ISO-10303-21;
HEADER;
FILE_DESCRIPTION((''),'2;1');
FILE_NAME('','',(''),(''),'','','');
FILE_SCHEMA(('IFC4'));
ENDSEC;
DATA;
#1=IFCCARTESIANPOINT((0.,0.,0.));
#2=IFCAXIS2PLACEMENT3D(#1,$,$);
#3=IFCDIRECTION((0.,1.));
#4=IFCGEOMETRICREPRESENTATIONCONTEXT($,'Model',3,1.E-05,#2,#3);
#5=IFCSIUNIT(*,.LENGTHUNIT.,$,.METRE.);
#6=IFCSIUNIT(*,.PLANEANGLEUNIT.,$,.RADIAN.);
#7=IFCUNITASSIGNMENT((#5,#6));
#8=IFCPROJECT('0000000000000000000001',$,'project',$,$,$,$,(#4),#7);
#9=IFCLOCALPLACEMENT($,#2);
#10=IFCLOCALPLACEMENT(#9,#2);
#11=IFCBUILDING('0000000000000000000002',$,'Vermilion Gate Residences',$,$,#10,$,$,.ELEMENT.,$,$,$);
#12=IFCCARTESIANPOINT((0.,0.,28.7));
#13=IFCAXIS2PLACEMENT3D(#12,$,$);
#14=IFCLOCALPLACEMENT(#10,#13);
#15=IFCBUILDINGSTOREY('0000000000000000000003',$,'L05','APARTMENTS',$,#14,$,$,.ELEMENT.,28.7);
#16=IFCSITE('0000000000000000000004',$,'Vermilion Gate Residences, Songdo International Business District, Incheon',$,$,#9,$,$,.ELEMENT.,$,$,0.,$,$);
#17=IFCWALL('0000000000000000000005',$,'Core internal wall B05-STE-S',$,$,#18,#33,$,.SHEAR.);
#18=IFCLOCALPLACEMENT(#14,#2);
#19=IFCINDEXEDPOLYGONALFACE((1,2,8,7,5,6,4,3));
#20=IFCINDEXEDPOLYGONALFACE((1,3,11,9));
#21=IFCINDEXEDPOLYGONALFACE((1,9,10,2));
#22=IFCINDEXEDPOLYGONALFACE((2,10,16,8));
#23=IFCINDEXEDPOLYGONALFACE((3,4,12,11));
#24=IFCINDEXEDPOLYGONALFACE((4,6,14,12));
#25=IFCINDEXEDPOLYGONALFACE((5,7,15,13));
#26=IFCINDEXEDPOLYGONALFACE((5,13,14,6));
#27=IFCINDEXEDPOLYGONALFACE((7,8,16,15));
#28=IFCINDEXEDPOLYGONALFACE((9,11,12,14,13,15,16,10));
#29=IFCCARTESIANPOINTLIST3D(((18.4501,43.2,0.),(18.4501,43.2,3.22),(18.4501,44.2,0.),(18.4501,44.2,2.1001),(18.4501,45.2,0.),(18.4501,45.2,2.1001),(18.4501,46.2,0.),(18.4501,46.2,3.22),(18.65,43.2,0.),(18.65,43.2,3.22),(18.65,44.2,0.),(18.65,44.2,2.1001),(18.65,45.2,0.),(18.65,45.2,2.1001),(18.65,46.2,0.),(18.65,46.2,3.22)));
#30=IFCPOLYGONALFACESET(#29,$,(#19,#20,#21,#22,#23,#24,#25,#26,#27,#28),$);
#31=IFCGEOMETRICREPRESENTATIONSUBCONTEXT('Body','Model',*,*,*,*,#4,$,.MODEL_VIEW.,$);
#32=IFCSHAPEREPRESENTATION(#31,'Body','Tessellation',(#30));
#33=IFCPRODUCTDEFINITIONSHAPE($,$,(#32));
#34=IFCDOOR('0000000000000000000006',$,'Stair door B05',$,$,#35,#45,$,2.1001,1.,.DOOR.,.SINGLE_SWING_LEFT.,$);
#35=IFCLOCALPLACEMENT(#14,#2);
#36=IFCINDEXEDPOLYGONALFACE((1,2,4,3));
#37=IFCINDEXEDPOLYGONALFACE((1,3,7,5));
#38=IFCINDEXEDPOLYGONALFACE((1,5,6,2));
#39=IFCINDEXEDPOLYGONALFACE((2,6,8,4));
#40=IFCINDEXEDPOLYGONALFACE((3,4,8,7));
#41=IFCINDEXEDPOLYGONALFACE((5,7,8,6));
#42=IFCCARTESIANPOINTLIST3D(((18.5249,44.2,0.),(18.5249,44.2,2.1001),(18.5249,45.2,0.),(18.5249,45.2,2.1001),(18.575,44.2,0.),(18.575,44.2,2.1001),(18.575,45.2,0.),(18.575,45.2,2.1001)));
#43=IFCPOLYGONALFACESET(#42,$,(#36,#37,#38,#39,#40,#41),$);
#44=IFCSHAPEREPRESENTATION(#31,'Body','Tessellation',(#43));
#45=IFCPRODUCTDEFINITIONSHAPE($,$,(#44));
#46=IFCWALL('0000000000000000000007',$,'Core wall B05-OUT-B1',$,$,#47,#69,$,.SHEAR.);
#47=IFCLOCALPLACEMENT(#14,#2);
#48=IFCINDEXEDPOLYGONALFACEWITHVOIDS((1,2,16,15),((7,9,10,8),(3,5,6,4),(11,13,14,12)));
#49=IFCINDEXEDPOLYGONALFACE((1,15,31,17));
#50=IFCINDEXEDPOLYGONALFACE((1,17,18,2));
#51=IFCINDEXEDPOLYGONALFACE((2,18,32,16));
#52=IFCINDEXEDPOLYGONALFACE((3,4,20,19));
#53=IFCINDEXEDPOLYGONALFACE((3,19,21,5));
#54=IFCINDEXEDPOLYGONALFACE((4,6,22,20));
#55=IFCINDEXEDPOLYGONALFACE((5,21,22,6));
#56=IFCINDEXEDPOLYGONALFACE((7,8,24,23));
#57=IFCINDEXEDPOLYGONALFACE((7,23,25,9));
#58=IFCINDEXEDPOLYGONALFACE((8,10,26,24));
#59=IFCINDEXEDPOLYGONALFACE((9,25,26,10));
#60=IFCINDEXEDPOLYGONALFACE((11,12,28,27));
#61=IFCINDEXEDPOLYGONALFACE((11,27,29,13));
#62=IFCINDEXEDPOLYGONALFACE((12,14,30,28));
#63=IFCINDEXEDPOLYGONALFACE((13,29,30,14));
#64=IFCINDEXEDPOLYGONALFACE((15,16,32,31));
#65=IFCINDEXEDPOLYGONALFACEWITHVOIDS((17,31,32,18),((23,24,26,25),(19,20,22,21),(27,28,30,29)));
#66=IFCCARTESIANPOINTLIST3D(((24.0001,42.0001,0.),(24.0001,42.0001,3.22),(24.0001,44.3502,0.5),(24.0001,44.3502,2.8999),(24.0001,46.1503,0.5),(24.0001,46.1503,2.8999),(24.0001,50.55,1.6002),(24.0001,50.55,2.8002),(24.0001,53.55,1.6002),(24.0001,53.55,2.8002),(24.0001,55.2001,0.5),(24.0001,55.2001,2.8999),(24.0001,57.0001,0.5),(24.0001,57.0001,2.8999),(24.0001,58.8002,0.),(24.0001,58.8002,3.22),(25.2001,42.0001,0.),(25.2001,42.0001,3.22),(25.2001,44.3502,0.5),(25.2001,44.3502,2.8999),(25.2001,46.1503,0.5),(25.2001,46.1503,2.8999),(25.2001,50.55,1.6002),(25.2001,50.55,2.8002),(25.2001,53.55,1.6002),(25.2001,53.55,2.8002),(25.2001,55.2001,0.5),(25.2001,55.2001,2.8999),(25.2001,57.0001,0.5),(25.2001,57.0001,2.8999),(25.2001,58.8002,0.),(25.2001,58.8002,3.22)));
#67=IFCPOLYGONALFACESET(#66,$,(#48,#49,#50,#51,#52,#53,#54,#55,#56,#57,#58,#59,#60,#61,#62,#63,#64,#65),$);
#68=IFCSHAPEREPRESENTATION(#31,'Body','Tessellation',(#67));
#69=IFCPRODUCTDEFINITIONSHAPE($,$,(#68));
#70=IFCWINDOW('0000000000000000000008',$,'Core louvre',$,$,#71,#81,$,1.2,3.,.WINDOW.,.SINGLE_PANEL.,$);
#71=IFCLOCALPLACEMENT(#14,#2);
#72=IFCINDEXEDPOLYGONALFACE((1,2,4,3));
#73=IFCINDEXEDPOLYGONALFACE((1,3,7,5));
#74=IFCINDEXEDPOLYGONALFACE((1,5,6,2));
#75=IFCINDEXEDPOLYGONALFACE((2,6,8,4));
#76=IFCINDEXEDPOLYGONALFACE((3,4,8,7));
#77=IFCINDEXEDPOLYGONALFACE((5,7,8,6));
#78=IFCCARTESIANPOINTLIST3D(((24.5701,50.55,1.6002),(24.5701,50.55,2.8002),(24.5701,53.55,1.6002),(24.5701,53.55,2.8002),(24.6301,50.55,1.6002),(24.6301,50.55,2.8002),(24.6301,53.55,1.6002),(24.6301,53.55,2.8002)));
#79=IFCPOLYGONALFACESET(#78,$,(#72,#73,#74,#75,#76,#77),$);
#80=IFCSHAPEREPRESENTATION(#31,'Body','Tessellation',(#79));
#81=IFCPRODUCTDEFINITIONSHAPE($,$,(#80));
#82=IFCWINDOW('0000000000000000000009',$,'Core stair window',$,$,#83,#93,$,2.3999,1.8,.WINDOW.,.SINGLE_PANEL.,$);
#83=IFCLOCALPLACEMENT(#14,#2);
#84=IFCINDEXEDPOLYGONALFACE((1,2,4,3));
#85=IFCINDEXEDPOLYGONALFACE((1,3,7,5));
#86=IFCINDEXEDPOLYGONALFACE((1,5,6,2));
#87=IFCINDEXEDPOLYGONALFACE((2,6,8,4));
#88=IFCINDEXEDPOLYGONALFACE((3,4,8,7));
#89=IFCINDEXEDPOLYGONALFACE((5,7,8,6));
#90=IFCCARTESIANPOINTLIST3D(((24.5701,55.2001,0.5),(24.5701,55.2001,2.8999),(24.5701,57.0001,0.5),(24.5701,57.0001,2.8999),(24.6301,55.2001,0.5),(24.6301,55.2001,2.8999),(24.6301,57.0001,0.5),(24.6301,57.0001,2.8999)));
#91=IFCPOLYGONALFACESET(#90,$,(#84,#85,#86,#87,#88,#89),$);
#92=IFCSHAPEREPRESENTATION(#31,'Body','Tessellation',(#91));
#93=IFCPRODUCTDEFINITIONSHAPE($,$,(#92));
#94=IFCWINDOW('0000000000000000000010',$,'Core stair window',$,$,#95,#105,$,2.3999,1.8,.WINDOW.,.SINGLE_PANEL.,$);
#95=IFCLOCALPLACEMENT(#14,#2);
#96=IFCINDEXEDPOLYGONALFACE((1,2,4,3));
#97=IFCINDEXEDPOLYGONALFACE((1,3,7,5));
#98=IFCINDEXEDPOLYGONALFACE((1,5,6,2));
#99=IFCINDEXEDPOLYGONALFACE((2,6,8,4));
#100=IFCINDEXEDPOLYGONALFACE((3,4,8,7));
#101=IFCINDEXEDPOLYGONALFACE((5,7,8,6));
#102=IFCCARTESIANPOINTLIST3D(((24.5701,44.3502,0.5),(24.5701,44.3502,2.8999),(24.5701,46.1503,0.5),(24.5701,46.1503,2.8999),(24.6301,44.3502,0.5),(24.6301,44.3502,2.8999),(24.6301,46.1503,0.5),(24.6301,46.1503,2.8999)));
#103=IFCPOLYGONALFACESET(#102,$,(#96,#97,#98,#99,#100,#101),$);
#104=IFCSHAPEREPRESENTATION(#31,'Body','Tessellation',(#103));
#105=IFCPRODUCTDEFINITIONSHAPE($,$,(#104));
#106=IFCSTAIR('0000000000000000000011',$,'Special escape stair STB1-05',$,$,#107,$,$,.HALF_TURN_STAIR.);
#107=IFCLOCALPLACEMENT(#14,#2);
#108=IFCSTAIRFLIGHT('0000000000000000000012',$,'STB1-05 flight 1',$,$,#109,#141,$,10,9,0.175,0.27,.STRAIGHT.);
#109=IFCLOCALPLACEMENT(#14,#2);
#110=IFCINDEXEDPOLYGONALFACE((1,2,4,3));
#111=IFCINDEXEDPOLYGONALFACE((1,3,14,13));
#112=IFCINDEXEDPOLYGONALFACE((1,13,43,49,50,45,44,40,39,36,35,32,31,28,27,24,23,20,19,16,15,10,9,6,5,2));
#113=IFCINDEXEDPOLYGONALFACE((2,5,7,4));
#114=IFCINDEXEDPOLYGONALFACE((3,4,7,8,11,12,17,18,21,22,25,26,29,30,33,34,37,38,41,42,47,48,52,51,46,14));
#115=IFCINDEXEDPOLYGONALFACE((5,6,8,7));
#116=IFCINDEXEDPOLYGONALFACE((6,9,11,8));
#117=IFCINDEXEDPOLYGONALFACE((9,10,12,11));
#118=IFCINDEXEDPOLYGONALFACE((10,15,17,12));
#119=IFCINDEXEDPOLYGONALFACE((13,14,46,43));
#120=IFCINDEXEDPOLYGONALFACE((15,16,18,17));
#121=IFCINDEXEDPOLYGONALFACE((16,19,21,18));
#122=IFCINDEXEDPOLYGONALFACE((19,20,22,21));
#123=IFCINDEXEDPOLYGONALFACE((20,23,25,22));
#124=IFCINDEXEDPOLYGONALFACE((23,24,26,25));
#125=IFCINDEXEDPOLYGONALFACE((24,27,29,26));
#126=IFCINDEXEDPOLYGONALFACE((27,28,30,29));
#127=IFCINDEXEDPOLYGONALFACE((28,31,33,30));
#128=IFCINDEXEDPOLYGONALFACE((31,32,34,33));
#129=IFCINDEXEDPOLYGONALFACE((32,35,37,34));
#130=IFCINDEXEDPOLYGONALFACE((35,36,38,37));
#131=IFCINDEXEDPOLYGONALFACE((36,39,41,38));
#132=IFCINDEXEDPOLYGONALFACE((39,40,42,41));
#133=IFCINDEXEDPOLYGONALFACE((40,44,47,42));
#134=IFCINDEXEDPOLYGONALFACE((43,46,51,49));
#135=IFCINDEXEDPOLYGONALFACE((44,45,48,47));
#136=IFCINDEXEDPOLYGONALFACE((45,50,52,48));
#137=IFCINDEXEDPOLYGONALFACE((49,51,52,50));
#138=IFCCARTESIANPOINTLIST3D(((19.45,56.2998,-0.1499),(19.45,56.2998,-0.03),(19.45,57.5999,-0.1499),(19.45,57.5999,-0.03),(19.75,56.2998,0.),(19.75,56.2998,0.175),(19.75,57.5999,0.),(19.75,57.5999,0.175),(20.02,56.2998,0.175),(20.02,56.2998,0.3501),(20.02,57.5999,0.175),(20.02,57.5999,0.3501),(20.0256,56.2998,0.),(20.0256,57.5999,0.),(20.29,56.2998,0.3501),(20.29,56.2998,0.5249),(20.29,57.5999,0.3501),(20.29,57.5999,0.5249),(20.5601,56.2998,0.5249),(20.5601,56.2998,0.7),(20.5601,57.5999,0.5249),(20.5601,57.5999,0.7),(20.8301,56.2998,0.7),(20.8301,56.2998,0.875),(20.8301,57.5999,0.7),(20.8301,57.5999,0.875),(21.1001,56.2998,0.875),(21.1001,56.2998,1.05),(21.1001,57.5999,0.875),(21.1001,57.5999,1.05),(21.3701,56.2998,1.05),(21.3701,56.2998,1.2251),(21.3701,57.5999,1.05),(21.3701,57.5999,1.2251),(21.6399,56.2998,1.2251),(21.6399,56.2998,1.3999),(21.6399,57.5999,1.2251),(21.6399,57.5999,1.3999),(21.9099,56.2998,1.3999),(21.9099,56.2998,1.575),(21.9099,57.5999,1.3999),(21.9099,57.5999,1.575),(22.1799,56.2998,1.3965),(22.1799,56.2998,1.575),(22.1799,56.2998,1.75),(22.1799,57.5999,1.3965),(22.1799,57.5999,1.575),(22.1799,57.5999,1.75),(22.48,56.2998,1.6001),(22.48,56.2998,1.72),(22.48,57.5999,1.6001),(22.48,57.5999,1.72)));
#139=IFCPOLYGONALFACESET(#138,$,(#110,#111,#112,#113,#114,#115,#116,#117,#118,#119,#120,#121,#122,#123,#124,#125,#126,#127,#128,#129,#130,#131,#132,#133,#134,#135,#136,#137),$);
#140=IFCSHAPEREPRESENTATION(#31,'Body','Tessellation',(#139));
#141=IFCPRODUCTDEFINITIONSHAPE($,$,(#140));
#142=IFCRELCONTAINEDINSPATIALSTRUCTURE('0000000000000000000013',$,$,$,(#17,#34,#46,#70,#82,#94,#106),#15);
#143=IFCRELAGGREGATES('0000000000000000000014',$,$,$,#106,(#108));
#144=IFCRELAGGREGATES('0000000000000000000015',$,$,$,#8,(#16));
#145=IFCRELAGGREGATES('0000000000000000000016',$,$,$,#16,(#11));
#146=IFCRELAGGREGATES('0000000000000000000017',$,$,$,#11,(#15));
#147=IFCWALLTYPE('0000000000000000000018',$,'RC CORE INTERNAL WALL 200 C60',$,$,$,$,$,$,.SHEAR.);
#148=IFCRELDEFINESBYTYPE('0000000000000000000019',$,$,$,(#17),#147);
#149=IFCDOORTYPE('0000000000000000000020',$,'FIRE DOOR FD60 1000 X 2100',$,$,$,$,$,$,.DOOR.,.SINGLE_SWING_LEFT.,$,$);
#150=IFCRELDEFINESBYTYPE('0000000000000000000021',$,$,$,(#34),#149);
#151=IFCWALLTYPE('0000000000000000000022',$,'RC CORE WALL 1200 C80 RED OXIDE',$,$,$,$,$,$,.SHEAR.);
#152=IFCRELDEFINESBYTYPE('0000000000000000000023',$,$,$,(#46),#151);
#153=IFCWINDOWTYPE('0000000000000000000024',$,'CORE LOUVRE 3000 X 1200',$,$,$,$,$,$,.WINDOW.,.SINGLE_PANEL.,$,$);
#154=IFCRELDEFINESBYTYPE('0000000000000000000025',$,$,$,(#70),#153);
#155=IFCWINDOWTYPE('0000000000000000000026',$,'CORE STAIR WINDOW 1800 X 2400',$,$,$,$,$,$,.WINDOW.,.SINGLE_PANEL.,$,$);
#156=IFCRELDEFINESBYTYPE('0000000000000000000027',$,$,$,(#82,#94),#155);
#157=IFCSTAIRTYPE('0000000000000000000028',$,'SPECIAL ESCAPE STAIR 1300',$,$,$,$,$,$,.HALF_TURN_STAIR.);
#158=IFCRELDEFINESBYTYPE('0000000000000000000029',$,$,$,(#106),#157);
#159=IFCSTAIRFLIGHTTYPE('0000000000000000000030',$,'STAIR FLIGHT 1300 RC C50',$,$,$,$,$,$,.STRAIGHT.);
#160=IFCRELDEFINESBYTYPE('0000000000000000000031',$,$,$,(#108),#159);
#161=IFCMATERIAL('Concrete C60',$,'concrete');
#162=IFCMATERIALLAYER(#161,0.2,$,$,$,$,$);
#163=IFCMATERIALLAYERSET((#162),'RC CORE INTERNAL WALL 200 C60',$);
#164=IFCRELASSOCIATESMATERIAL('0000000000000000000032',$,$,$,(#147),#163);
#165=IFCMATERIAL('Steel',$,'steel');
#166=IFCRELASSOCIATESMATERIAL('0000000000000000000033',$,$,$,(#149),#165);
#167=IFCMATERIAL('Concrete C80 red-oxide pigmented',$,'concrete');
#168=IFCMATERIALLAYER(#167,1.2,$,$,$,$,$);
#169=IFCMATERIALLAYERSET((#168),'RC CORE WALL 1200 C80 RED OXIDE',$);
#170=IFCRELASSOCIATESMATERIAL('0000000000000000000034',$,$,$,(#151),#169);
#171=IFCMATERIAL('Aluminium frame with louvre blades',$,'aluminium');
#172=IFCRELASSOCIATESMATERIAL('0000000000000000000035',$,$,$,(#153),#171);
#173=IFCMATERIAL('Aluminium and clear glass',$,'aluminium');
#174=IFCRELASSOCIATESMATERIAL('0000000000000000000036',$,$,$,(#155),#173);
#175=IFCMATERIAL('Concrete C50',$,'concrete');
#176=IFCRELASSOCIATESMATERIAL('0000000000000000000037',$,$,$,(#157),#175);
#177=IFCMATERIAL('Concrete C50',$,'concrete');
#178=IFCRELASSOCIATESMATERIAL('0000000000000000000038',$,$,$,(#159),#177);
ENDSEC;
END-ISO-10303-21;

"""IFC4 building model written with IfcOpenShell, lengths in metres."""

from ifc_helpers import new_model, si_unit, direction, frame, frame_2d, origin, place, context, subcontext, project, spatial, polyline, rectangle, outline, extrude, material, layer, layer_set, type_object, element, fill, aggregate, save


model = new_model("IFC4")

# Units and contexts
model_context = context("Model", 3, precision=1e-05, world=origin(), true_north=direction((0.0, 1.0)))
body_context = subcontext(model_context, "Body", "Model", "MODEL_VIEW")
ifc_project = project(units=[si_unit("LENGTHUNIT", "METRE"), si_unit("PLANEANGLEUNIT", "RADIAN")], contexts=[model_context])

# Site, building, storey
site_placement = place(None, origin())
site = spatial("IfcSite", under=ifc_project, at=site_placement, Name="Vermilion Gate Residences, Songdo International Business District, Incheon", CompositionType="ELEMENT", RefElevation=0.0)
building_placement = place(site_placement, origin())
building = spatial("IfcBuilding", under=site, at=building_placement, Name="Vermilion Gate Residences", CompositionType="ELEMENT")
storey_placement = place(building_placement, frame((0.0, 0.0, 28.7)))
storey = spatial("IfcBuildingStorey", under=building, at=storey_placement, Name="L05", Description="APARTMENTS", CompositionType="ELEMENT", Elevation=28.7)

# Shared definitions
ifc_material_1 = material(Name="Concrete C60", Category="concrete")
ifc_layer_1 = layer(ifc_material_1, 0.2)
ifc_layer_set_1 = layer_set([ifc_layer_1], Name="RC CORE INTERNAL WALL 200 C60")
wall_type_1 = type_object("IfcWallType", Name="RC CORE INTERNAL WALL 200 C60", PredefinedType="SHEAR", material=ifc_layer_set_1)

# Shared definitions
ifc_material_2 = material(Name="Steel", Category="steel")
door_type_1 = type_object("IfcDoorType", Name="FIRE DOOR FD60 1000 X 2100", OperationType="SINGLE_SWING_LEFT", PredefinedType="DOOR", material=ifc_material_2)

# Wall, opening, door
wall_1_placement = place(storey_placement, frame((18.55, 46.2, 0.0), z_axis=(0.0, 0.0, 1.0), x_axis=(0.0, -1.0, 0.0)))
wall_1 = element("IfcWall", 1, at=wall_1_placement, inside=storey, type_object=wall_type_1, Name="Core internal wall B05-STE-S", PredefinedType="SHEAR", context=body_context, shape_type="SweptSolid", body=[
    extrude(rectangle(XDim=3.0, YDim=0.2, at=frame_2d((1.5, 0.0))), origin(), (0.0, 0.0, 1.0), 3.22),
])
opening_1_placement = place(wall_1_placement, frame((1.0, 0.0, 0.0)))
opening_1 = element("IfcOpeningElement", 2, at=opening_1_placement, cuts=wall_1, PredefinedType="OPENING", context=body_context, shape_type="SweptSolid", body=[
    extrude(rectangle(XDim=1.0, YDim=2.1001, at=frame_2d((0.5, 1.05))), frame((0.0, 0.1099, 0.0), z_axis=(0.0, -1.0, 0.0), x_axis=(1.0, 0.0, 0.0)), (0.0, 0.0, 1.0), 0.22),
])
door_1_placement = place(opening_1_placement, origin())
door_1 = element("IfcDoor", 3, at=door_1_placement, inside=storey, type_object=door_type_1, Name="Stair door B05", OperationType="SINGLE_SWING_LEFT", OverallHeight=2.1001, OverallWidth=1.0, PredefinedType="DOOR", context=body_context, shape_type="SweptSolid", body=[
    extrude(rectangle(XDim=1.0, YDim=2.1001, at=frame_2d((0.5, 1.05))), frame((0.0, 0.0249, 0.0), z_axis=(0.0, -1.0, 0.0), x_axis=(1.0, 0.0, 0.0)), (0.0, 0.0, 1.0), 0.05),
])
fill(opening_1, door_1)

# Wall, openings, windows
ifc_material_3 = material(Name="Concrete C80 red-oxide pigmented", Category="concrete")
ifc_layer_2 = layer(ifc_material_3, 1.2)
ifc_layer_set_2 = layer_set([ifc_layer_2], Name="RC CORE WALL 1200 C80 RED OXIDE")
wall_type_2 = type_object("IfcWallType", Name="RC CORE WALL 1200 C80 RED OXIDE", PredefinedType="SHEAR", material=ifc_layer_set_2)
wall_2_placement = place(storey_placement, frame((24.6001, 58.8, 0.0), z_axis=(0.0, 0.0, 1.0), x_axis=(0.0, -1.0, 0.0)))
wall_2 = element("IfcWall", 4, at=wall_2_placement, inside=storey, type_object=wall_type_2, Name="Core wall B05-OUT-B1", PredefinedType="SHEAR", context=body_context, shape_type="SweptSolid", body=[
    extrude(rectangle(XDim=16.8, YDim=1.2, at=frame_2d((8.3999, 0.0))), origin(), (0.0, 0.0, 1.0), 3.22),
])
opening_2_placement = place(wall_2_placement, frame((1.8, 0.0, 0.5)))
opening_2 = element("IfcOpeningElement", 5, at=opening_2_placement, cuts=wall_2, PredefinedType="OPENING", context=body_context, shape_type="SweptSolid", body=[
    extrude(rectangle(XDim=1.8, YDim=2.3999, at=frame_2d((0.8999, 1.2))), frame((0.0, 0.6099, 0.0), z_axis=(0.0, -1.0, 0.0), x_axis=(1.0, 0.0, 0.0)), (0.0, 0.0, 1.0), 1.22),
])
opening_3_placement = place(wall_2_placement, frame((5.25, 0.0, 1.6001)))
opening_3 = element("IfcOpeningElement", 6, at=opening_3_placement, cuts=wall_2, PredefinedType="OPENING", context=body_context, shape_type="SweptSolid", body=[
    extrude(rectangle(XDim=3.0, YDim=1.2, at=frame_2d((1.5, 0.6001))), frame((0.0, 0.6099, 0.0), z_axis=(0.0, -1.0, 0.0), x_axis=(1.0, 0.0, 0.0)), (0.0, 0.0, 1.0), 1.22),
])
opening_4_placement = place(wall_2_placement, frame((12.6499, 0.0, 0.5)))
opening_4 = element("IfcOpeningElement", 7, at=opening_4_placement, cuts=wall_2, PredefinedType="OPENING", context=body_context, shape_type="SweptSolid", body=[
    extrude(rectangle(XDim=1.8, YDim=2.3999, at=frame_2d((0.8999, 1.2))), frame((0.0, 0.6099, 0.0), z_axis=(0.0, -1.0, 0.0), x_axis=(1.0, 0.0, 0.0)), (0.0, 0.0, 1.0), 1.22),
])
ifc_material_4 = material(Name="Aluminium frame with louvre blades", Category="aluminium")
window_type_1 = type_object("IfcWindowType", Name="CORE LOUVRE 3000 X 1200", PartitioningType="SINGLE_PANEL", PredefinedType="WINDOW", material=ifc_material_4)
window_1_placement = place(opening_3_placement, origin())
window_1 = element("IfcWindow", 8, at=window_1_placement, inside=storey, type_object=window_type_1, Name="Core louvre", OverallHeight=1.2, OverallWidth=3.0, PartitioningType="SINGLE_PANEL", PredefinedType="WINDOW", context=body_context, shape_type="SweptSolid", body=[
    extrude(rectangle(XDim=3.0, YDim=1.2, at=frame_2d((1.5, 0.6001))), frame((0.0, 0.03, 0.0), z_axis=(0.0, -1.0, 0.0), x_axis=(1.0, 0.0, 0.0)), (0.0, 0.0, 1.0), 0.0601),
])
fill(opening_3, window_1)
ifc_material_5 = material(Name="Aluminium and clear glass", Category="aluminium")
window_type_2 = type_object("IfcWindowType", Name="CORE STAIR WINDOW 1800 X 2400", PartitioningType="SINGLE_PANEL", PredefinedType="WINDOW", material=ifc_material_5)
window_2_placement = place(opening_2_placement, origin())
window_2 = element("IfcWindow", 9, at=window_2_placement, inside=storey, type_object=window_type_2, Name="Core stair window", OverallHeight=2.3999, OverallWidth=1.8, PartitioningType="SINGLE_PANEL", PredefinedType="WINDOW", context=body_context, shape_type="SweptSolid", body=[
    extrude(rectangle(XDim=1.8, YDim=2.3999, at=frame_2d((0.8999, 1.2))), frame((0.0, 0.03, 0.0), z_axis=(0.0, -1.0, 0.0), x_axis=(1.0, 0.0, 0.0)), (0.0, 0.0, 1.0), 0.0601),
])
fill(opening_2, window_2)
window_3_placement = place(opening_4_placement, origin())
window_3 = element("IfcWindow", 10, at=window_3_placement, inside=storey, type_object=window_type_2, Name="Core stair window", OverallHeight=2.3999, OverallWidth=1.8, PartitioningType="SINGLE_PANEL", PredefinedType="WINDOW", context=body_context, shape_type="SweptSolid", body=[
    extrude(rectangle(XDim=1.8, YDim=2.3999, at=frame_2d((0.8999, 1.2))), frame((0.0, 0.03, 0.0), z_axis=(0.0, -1.0, 0.0), x_axis=(1.0, 0.0, 0.0)), (0.0, 0.0, 1.0), 0.0601),
])
fill(opening_4, window_3)

# Stair, stair flight
ifc_material_6 = material(Name="Concrete C50", Category="concrete")
stair_type = type_object("IfcStairType", Name="SPECIAL ESCAPE STAIR 1300", PredefinedType="HALF_TURN_STAIR", material=ifc_material_6)
stair_1_placement = place(storey_placement, origin())
stair_1 = element("IfcStair", 11, at=stair_1_placement, inside=storey, type_object=stair_type, Name="Special escape stair STB1-05", PredefinedType="HALF_TURN_STAIR")
ifc_material_7 = material(Name="Concrete C50", Category="concrete")
stair_flight_type = type_object("IfcStairFlightType", Name="STAIR FLIGHT 1300 RC C50", PredefinedType="STRAIGHT", material=ifc_material_7)
stair_flight_1_placement = place(storey_placement, frame((19.75, 56.95, 0.0), z_axis=(0.0, 0.0, 1.0), x_axis=(1.0, 0.0, 0.0)))
stair_flight_1 = element("IfcStairFlight", 12, at=stair_flight_1_placement, type_object=stair_flight_type, Name="STB1-05 flight 1", NumberOfRisers=10, NumberOfTreads=9, PredefinedType="STRAIGHT", RiserHeight=0.175, TreadLength=0.27, context=body_context, shape_type="SweptSolid", body=[
    extrude(outline(polyline([(-0.3, -0.1499), (-0.3, -0.03), (0.0, 0.0), (0.0, 0.175), (0.27, 0.175), (0.27, 0.3501), (0.54, 0.3501), (0.54, 0.5249), (0.8101, 0.5249), (0.8101, 0.7), (1.0801, 0.7), (1.0801, 0.875), (1.3501, 0.875), (1.3501, 1.05), (1.6201, 1.05), (1.6201, 1.2251), (1.8899, 1.2251), (1.8899, 1.3999), (2.1599, 1.3999), (2.1599, 1.575), (2.4299, 1.575), (2.4299, 1.75), (2.73, 1.72), (2.73, 1.6001), (2.4299, 1.3965), (0.2756, 0.0), (-0.3, -0.1499)])), frame((0.0, 0.6499, 0.0), z_axis=(0.0, -1.0, 0.0), x_axis=(1.0, 0.0, 0.0)), (0.0, 0.0, 1.0), 1.3),
])
aggregate(stair_1, [stair_flight_1])

save(model, "model.ifc")
